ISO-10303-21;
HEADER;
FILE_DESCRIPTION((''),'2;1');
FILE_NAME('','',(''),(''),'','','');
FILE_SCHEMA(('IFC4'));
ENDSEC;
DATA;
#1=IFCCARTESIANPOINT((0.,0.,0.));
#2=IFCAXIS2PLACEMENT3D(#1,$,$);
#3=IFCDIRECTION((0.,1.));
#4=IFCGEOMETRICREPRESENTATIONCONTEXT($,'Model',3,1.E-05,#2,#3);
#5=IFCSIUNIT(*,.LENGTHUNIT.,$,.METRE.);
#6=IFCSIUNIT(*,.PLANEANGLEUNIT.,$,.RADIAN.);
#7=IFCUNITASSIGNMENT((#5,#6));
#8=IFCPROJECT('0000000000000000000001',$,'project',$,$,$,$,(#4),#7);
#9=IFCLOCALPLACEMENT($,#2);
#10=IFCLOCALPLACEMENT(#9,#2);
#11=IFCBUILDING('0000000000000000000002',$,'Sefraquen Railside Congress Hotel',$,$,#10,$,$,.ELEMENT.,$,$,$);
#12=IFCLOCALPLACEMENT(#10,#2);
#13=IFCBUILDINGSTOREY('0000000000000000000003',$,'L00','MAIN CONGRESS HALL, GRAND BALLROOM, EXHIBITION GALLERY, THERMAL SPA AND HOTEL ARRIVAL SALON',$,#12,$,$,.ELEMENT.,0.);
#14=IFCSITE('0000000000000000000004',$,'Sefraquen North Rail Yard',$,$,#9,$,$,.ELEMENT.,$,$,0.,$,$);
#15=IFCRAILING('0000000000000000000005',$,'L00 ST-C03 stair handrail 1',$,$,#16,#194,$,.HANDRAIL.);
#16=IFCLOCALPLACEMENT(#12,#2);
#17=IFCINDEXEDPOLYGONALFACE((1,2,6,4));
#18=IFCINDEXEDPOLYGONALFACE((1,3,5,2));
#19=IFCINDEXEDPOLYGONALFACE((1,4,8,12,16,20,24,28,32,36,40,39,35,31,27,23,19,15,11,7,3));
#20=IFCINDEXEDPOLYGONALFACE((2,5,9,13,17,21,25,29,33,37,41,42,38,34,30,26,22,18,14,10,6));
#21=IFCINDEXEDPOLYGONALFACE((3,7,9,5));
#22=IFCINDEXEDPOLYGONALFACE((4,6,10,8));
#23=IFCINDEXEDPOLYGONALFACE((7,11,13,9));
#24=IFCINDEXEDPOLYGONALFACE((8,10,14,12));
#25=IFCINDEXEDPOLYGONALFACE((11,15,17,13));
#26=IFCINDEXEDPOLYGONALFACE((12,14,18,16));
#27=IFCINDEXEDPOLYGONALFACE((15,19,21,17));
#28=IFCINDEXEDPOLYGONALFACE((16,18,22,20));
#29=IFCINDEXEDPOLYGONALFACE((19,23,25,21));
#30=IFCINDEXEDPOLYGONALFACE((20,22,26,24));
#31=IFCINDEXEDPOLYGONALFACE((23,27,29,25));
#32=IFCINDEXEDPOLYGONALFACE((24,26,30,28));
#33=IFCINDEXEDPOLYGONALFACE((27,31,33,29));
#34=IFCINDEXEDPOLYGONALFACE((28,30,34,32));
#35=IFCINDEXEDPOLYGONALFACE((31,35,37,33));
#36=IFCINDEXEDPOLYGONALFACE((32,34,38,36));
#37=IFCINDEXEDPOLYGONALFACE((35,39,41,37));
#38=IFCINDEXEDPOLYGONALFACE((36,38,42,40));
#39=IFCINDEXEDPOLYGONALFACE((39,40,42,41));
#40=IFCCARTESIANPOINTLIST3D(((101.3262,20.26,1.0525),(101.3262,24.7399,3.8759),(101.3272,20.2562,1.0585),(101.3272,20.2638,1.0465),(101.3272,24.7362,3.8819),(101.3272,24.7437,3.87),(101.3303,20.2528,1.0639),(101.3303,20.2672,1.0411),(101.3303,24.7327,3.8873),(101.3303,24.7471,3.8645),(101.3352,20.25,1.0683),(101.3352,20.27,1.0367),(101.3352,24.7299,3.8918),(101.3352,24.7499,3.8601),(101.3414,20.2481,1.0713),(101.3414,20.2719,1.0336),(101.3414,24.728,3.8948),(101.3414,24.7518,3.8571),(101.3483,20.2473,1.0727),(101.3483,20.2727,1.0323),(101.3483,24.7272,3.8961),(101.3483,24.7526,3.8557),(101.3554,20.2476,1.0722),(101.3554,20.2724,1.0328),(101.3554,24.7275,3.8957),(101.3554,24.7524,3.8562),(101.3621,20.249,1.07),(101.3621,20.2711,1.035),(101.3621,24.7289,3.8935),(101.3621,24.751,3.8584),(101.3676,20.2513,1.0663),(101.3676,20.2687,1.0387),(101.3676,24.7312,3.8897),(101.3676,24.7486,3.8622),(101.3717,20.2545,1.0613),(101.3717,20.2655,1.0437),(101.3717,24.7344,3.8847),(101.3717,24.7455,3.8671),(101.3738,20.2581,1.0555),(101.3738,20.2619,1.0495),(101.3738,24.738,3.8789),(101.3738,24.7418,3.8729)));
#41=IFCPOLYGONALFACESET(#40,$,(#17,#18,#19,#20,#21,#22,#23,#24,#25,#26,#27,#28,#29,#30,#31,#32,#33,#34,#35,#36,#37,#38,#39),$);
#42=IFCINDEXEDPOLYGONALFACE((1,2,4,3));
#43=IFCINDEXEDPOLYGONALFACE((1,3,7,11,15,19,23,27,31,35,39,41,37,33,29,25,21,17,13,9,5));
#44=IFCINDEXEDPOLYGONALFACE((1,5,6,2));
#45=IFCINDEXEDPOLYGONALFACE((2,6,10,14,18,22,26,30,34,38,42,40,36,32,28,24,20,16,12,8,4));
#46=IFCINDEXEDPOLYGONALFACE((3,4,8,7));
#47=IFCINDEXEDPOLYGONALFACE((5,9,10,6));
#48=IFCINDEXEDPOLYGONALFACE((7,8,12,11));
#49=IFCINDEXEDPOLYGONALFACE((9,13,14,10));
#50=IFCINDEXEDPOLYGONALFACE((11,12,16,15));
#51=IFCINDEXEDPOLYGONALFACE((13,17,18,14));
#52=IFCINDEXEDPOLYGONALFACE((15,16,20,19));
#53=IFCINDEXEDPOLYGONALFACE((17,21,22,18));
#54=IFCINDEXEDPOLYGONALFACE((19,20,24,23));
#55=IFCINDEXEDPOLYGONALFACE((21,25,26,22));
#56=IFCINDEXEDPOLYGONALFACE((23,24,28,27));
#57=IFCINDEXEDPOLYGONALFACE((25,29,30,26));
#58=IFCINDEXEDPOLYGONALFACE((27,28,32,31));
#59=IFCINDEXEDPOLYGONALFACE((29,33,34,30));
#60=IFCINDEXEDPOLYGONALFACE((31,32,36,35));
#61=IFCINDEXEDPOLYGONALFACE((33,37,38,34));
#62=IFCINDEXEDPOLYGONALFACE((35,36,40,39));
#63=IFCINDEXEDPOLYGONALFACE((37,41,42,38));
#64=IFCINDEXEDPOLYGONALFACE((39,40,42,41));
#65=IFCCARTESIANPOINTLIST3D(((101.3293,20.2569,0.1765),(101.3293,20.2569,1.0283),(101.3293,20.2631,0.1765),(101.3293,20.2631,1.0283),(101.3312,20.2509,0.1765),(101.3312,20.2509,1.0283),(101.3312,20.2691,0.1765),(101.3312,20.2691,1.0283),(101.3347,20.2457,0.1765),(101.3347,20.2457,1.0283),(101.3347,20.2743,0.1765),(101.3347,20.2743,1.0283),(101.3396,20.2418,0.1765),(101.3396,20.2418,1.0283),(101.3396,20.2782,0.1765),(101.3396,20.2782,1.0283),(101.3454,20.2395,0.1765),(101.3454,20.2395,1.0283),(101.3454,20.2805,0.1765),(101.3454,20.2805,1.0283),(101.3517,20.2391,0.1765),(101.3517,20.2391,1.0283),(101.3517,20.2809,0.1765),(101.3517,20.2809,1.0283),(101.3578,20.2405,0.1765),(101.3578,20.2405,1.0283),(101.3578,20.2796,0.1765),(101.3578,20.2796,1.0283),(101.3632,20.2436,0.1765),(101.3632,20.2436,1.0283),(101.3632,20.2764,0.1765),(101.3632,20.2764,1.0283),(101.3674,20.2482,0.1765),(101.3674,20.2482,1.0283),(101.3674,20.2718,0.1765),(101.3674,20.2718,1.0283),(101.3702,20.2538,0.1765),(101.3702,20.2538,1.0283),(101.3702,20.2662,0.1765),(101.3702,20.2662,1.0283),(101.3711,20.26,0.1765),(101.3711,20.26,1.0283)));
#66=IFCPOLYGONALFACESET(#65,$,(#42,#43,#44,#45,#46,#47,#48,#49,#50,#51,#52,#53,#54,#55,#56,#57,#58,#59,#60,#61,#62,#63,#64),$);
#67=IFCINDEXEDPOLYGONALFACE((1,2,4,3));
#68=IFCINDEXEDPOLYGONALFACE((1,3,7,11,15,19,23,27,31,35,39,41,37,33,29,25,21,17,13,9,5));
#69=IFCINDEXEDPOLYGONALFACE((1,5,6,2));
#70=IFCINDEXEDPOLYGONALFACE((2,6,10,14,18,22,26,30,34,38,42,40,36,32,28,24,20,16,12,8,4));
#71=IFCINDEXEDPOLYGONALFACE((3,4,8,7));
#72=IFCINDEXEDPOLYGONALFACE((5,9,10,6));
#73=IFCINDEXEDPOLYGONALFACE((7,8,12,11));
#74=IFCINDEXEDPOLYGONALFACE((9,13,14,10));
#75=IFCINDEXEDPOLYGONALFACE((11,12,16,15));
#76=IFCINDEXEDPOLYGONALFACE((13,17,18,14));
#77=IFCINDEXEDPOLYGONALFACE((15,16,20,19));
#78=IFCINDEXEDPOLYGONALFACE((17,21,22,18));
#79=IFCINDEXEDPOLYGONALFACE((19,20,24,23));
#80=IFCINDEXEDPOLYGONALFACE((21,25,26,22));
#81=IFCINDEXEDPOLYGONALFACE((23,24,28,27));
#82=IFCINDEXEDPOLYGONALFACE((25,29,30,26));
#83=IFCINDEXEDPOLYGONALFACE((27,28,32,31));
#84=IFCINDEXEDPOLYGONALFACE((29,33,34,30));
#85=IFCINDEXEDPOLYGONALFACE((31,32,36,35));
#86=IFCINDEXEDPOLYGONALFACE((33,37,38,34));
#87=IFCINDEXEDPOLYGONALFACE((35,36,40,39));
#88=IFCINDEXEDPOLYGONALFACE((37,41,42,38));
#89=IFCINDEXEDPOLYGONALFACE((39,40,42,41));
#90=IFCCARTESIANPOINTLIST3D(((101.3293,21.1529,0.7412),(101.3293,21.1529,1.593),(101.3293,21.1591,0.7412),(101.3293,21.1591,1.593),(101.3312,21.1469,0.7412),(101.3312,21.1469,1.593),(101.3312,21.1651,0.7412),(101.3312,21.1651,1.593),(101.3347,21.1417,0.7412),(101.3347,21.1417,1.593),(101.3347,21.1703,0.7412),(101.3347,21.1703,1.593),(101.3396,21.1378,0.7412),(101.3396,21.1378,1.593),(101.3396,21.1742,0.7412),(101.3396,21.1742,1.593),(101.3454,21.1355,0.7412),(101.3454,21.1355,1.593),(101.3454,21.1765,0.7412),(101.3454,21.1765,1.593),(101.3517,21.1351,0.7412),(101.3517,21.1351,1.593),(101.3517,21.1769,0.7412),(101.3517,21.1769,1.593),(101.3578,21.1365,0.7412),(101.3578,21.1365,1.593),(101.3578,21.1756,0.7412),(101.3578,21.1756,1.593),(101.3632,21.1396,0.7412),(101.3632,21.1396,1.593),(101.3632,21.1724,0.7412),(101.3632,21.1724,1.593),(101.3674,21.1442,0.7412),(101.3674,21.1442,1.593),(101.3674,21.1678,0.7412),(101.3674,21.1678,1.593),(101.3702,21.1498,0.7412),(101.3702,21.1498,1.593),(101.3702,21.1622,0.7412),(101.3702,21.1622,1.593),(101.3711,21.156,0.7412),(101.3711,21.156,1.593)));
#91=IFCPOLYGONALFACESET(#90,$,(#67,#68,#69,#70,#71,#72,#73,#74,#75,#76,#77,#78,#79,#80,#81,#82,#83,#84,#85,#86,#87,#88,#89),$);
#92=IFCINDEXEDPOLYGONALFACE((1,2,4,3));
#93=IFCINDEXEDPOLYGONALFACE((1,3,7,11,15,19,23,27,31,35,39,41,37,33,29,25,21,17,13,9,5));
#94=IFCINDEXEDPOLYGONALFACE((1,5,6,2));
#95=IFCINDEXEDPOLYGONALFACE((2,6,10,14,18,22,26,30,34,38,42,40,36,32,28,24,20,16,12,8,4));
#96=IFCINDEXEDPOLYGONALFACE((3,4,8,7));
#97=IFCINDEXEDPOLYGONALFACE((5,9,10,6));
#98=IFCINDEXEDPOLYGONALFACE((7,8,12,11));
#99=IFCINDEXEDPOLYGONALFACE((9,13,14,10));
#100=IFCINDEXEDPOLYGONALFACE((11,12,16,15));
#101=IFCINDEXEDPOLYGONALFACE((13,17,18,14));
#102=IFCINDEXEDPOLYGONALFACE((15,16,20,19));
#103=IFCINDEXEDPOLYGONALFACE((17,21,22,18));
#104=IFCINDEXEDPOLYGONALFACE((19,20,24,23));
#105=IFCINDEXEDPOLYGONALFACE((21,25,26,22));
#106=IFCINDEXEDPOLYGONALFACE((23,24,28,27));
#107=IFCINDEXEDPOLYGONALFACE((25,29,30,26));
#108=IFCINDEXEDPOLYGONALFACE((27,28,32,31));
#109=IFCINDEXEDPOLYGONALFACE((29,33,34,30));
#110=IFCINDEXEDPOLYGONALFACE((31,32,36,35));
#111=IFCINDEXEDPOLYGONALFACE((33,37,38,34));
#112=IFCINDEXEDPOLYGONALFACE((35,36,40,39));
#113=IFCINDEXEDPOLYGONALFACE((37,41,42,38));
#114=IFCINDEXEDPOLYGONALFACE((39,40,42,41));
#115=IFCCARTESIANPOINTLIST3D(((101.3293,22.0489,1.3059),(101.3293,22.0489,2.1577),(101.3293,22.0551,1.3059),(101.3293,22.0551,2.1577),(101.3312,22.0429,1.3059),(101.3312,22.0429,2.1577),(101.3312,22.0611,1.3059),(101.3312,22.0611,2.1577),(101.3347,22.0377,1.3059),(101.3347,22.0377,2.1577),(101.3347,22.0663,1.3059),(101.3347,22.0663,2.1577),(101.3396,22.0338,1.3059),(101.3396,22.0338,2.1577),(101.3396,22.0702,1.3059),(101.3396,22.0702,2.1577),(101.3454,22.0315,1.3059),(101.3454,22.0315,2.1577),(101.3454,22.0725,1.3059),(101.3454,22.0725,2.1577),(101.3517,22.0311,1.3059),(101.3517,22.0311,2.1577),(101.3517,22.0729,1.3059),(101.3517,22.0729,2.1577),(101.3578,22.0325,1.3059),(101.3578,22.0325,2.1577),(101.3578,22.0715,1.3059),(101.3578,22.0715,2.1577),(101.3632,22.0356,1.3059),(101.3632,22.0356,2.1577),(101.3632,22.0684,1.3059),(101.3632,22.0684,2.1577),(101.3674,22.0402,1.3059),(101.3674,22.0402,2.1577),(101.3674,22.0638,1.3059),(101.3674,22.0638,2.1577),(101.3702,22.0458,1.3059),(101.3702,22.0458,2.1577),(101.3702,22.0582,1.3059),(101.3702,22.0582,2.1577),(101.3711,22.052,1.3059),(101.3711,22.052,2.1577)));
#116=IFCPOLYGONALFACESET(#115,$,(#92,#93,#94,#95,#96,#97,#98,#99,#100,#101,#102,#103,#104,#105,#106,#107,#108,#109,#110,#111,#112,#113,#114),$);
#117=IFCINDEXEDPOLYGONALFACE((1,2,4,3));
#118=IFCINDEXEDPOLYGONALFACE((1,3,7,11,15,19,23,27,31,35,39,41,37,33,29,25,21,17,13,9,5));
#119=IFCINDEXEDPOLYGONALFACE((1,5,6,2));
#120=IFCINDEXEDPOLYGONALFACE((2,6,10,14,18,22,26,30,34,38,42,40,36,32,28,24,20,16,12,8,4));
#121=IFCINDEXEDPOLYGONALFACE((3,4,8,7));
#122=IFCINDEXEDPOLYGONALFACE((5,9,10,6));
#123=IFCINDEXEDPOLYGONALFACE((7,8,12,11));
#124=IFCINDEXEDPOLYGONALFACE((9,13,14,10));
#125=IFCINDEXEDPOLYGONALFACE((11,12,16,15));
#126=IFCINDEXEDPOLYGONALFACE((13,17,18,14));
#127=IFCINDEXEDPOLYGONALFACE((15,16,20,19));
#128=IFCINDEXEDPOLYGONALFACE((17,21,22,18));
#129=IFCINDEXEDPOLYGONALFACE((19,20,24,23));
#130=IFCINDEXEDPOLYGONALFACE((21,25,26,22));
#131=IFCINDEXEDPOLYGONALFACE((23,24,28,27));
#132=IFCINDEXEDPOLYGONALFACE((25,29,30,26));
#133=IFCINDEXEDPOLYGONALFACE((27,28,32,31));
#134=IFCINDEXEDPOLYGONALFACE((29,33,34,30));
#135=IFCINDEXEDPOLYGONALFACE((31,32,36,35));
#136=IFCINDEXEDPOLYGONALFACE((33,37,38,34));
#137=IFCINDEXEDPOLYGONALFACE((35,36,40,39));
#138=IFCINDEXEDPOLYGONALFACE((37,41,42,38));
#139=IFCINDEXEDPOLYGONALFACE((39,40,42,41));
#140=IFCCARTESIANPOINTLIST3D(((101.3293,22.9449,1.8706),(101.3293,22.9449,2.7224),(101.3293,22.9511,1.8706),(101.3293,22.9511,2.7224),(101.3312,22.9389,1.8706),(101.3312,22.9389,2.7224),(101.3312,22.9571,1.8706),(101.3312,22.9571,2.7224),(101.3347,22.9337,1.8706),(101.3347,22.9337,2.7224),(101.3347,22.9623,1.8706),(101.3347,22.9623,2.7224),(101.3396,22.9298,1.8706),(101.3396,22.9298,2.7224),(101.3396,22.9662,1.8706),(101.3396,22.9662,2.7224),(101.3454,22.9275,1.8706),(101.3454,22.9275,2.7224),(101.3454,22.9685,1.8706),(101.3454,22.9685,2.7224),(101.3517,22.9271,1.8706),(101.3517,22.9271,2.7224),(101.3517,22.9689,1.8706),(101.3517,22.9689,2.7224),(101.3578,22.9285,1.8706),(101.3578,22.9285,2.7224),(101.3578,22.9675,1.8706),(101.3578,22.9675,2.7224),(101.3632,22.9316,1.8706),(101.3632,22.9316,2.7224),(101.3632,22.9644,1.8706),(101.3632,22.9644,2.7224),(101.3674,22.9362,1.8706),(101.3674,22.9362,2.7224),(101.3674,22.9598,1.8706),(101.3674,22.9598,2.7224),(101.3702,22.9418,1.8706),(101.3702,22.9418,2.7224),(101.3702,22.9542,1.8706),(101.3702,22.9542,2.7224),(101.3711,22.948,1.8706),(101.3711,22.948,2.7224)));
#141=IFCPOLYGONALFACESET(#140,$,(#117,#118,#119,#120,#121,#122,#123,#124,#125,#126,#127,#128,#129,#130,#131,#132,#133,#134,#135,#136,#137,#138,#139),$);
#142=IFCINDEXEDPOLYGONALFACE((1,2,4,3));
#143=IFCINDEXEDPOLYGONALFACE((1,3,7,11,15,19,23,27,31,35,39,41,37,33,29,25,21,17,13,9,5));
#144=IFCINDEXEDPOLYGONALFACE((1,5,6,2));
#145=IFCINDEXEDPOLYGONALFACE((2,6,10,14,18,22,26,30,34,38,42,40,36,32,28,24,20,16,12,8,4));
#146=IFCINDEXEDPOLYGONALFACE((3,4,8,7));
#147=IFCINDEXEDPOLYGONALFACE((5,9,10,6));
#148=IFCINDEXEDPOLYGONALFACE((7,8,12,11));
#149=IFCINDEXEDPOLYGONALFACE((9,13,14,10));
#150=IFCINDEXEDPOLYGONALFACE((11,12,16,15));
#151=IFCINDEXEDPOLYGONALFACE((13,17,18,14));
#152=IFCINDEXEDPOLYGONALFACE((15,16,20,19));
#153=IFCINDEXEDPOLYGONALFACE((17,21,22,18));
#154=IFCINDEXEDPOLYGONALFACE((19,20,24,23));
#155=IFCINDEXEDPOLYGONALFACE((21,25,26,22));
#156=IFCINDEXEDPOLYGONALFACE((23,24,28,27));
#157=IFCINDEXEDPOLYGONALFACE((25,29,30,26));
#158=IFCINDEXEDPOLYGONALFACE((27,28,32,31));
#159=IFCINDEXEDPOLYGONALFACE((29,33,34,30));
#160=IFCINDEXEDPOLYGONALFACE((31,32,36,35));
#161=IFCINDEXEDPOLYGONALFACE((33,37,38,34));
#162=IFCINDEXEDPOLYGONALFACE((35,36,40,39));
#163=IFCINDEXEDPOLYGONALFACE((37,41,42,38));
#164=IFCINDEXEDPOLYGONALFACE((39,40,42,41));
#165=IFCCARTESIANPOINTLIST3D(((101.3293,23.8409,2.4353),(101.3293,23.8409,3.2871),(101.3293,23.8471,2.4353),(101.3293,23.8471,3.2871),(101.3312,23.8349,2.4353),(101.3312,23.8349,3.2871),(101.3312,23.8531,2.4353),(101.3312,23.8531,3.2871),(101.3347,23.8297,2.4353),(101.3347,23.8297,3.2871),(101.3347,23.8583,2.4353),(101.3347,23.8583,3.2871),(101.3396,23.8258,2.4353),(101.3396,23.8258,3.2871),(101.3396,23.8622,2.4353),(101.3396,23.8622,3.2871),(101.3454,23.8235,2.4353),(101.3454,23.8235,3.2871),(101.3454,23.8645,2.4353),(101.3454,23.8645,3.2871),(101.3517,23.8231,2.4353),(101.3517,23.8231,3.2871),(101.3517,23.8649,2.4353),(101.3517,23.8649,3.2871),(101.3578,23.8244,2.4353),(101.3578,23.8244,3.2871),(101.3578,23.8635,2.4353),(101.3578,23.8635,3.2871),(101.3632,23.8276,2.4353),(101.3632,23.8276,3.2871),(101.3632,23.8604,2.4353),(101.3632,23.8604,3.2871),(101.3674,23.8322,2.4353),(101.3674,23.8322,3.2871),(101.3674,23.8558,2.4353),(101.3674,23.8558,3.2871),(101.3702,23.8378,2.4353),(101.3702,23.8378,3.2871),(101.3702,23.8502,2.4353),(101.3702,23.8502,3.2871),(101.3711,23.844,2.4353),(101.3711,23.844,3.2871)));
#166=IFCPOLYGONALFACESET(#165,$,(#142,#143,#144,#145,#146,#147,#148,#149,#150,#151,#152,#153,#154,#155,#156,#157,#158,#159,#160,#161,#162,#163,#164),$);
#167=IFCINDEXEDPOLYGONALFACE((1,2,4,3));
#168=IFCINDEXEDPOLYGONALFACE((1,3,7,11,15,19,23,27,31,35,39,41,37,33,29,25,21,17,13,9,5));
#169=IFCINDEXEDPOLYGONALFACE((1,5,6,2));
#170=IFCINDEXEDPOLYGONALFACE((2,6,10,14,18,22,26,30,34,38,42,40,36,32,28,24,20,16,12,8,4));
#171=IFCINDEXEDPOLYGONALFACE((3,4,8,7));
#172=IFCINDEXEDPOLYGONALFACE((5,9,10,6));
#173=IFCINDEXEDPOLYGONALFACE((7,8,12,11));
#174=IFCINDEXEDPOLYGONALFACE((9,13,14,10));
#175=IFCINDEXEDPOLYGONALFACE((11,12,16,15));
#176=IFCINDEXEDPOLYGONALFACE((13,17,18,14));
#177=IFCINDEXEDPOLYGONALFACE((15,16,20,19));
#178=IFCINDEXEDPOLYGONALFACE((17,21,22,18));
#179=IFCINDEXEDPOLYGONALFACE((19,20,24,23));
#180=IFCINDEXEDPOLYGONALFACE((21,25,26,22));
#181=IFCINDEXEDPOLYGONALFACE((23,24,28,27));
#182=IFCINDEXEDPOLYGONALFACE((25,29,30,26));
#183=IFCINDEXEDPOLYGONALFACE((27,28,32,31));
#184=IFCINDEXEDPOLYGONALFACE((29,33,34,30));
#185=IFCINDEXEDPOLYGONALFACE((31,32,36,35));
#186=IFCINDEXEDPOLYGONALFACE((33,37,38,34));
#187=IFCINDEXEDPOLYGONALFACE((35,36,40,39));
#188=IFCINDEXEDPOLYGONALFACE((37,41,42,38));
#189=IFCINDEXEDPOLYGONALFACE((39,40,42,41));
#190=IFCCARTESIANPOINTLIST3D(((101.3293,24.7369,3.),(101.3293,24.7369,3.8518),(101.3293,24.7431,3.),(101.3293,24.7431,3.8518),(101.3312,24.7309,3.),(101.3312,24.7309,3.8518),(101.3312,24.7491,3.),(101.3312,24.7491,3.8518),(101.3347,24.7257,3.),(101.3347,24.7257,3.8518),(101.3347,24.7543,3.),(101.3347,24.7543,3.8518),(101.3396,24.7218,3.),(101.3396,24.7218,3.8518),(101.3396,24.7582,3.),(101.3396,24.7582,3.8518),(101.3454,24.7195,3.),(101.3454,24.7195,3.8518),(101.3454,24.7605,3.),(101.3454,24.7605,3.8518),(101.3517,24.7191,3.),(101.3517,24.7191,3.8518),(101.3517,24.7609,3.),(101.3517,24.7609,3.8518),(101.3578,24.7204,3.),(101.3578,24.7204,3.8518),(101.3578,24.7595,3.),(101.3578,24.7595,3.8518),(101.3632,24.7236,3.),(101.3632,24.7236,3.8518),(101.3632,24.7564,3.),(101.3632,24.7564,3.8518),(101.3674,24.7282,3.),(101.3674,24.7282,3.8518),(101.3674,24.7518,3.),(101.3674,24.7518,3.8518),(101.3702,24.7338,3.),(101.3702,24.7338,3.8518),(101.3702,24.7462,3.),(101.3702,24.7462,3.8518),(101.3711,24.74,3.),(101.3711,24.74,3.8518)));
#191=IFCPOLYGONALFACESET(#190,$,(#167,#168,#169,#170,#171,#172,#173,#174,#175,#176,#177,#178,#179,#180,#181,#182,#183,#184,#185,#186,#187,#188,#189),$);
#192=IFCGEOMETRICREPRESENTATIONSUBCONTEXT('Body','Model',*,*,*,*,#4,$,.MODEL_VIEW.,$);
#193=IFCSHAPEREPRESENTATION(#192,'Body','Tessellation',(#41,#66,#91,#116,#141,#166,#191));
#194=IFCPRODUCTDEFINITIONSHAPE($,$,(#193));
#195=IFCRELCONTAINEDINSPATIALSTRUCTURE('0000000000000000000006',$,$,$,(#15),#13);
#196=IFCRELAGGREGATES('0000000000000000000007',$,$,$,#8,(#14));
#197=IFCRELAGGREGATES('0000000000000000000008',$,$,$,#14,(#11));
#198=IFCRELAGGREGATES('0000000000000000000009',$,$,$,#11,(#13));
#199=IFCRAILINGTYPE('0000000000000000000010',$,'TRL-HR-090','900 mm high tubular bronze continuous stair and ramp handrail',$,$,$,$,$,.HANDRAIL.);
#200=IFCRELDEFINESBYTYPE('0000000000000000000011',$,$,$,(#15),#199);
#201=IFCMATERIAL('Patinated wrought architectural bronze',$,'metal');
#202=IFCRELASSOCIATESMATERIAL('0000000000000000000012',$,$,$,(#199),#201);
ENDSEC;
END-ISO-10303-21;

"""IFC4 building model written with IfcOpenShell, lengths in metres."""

from ifc_helpers import new_model, si_unit, direction, frame, origin, origin_2d, place, context, subcontext, project, spatial, circle, extrude, material, type_object, element, save


model = new_model("IFC4")

# Units and contexts
model_context = context("Model", 3, precision=1e-05, world=origin(), true_north=direction((0.0, 1.0)))
body_context = subcontext(model_context, "Body", "Model", "MODEL_VIEW")
ifc_project = project(units=[si_unit("LENGTHUNIT", "METRE"), si_unit("PLANEANGLEUNIT", "RADIAN")], contexts=[model_context])

# Site, building, storey
site_placement = place(None, origin())
site = spatial("IfcSite", under=ifc_project, at=site_placement, Name="Sefraquen North Rail Yard", CompositionType="ELEMENT", RefElevation=0.0)
building_placement = place(site_placement, origin())
building = spatial("IfcBuilding", under=site, at=building_placement, Name="Sefraquen Railside Congress Hotel", CompositionType="ELEMENT")
storey_placement = place(building_placement, origin())
storey = spatial("IfcBuildingStorey", under=building, at=storey_placement, Name="L00", Description="MAIN CONGRESS HALL, GRAND BALLROOM, EXHIBITION GALLERY, THERMAL SPA AND HOTEL ARRIVAL SALON", CompositionType="ELEMENT", Elevation=0.0)

# Railing
ifc_material_1 = material(Name="Patinated wrought architectural bronze", Category="metal")
railing_type_1 = type_object("IfcRailingType", Name="TRL-HR-090", Description="900 mm high tubular bronze continuous stair and ramp handrail", PredefinedType="HANDRAIL", material=ifc_material_1)
railing_1_placement = place(storey_placement, frame((101.3501, 20.26, 0.1765)))
element("IfcRailing", 1, at=railing_1_placement, inside=storey, type_object=railing_type_1, Name="L00 ST-C03 stair handrail 1", PredefinedType="HANDRAIL", context=body_context, shape_type="SweptSolid", body=[
    extrude(circle(Radius=0.0239, at=origin_2d()), frame((0.0, 0.0, 0.876), z_axis=(0.0, 0.845998, 0.533186), x_axis=(-1.0, 0.0, 0.0)), (0.0, 0.0, 1.0), 5.2954),
    extrude(circle(Radius=0.021, at=origin_2d()), origin(), (0.0, 0.0, 1.0), 0.8518),
    extrude(circle(Radius=0.021, at=origin_2d()), frame((0.0, 0.896, 0.5647)), (0.0, 0.0, 1.0), 0.8518),
    extrude(circle(Radius=0.021, at=origin_2d()), frame((0.0, 1.792, 1.1294)), (0.0, 0.0, 1.0), 0.8518),
    extrude(circle(Radius=0.021, at=origin_2d()), frame((0.0, 2.688, 1.6941)), (0.0, 0.0, 1.0), 0.8518),
    extrude(circle(Radius=0.021, at=origin_2d()), frame((0.0, 3.584, 2.2588)), (0.0, 0.0, 1.0), 0.8518),
    extrude(circle(Radius=0.021, at=origin_2d()), frame((0.0, 4.48, 2.8235)), (0.0, 0.0, 1.0), 0.8518),
])

save(model, "model.ifc")
